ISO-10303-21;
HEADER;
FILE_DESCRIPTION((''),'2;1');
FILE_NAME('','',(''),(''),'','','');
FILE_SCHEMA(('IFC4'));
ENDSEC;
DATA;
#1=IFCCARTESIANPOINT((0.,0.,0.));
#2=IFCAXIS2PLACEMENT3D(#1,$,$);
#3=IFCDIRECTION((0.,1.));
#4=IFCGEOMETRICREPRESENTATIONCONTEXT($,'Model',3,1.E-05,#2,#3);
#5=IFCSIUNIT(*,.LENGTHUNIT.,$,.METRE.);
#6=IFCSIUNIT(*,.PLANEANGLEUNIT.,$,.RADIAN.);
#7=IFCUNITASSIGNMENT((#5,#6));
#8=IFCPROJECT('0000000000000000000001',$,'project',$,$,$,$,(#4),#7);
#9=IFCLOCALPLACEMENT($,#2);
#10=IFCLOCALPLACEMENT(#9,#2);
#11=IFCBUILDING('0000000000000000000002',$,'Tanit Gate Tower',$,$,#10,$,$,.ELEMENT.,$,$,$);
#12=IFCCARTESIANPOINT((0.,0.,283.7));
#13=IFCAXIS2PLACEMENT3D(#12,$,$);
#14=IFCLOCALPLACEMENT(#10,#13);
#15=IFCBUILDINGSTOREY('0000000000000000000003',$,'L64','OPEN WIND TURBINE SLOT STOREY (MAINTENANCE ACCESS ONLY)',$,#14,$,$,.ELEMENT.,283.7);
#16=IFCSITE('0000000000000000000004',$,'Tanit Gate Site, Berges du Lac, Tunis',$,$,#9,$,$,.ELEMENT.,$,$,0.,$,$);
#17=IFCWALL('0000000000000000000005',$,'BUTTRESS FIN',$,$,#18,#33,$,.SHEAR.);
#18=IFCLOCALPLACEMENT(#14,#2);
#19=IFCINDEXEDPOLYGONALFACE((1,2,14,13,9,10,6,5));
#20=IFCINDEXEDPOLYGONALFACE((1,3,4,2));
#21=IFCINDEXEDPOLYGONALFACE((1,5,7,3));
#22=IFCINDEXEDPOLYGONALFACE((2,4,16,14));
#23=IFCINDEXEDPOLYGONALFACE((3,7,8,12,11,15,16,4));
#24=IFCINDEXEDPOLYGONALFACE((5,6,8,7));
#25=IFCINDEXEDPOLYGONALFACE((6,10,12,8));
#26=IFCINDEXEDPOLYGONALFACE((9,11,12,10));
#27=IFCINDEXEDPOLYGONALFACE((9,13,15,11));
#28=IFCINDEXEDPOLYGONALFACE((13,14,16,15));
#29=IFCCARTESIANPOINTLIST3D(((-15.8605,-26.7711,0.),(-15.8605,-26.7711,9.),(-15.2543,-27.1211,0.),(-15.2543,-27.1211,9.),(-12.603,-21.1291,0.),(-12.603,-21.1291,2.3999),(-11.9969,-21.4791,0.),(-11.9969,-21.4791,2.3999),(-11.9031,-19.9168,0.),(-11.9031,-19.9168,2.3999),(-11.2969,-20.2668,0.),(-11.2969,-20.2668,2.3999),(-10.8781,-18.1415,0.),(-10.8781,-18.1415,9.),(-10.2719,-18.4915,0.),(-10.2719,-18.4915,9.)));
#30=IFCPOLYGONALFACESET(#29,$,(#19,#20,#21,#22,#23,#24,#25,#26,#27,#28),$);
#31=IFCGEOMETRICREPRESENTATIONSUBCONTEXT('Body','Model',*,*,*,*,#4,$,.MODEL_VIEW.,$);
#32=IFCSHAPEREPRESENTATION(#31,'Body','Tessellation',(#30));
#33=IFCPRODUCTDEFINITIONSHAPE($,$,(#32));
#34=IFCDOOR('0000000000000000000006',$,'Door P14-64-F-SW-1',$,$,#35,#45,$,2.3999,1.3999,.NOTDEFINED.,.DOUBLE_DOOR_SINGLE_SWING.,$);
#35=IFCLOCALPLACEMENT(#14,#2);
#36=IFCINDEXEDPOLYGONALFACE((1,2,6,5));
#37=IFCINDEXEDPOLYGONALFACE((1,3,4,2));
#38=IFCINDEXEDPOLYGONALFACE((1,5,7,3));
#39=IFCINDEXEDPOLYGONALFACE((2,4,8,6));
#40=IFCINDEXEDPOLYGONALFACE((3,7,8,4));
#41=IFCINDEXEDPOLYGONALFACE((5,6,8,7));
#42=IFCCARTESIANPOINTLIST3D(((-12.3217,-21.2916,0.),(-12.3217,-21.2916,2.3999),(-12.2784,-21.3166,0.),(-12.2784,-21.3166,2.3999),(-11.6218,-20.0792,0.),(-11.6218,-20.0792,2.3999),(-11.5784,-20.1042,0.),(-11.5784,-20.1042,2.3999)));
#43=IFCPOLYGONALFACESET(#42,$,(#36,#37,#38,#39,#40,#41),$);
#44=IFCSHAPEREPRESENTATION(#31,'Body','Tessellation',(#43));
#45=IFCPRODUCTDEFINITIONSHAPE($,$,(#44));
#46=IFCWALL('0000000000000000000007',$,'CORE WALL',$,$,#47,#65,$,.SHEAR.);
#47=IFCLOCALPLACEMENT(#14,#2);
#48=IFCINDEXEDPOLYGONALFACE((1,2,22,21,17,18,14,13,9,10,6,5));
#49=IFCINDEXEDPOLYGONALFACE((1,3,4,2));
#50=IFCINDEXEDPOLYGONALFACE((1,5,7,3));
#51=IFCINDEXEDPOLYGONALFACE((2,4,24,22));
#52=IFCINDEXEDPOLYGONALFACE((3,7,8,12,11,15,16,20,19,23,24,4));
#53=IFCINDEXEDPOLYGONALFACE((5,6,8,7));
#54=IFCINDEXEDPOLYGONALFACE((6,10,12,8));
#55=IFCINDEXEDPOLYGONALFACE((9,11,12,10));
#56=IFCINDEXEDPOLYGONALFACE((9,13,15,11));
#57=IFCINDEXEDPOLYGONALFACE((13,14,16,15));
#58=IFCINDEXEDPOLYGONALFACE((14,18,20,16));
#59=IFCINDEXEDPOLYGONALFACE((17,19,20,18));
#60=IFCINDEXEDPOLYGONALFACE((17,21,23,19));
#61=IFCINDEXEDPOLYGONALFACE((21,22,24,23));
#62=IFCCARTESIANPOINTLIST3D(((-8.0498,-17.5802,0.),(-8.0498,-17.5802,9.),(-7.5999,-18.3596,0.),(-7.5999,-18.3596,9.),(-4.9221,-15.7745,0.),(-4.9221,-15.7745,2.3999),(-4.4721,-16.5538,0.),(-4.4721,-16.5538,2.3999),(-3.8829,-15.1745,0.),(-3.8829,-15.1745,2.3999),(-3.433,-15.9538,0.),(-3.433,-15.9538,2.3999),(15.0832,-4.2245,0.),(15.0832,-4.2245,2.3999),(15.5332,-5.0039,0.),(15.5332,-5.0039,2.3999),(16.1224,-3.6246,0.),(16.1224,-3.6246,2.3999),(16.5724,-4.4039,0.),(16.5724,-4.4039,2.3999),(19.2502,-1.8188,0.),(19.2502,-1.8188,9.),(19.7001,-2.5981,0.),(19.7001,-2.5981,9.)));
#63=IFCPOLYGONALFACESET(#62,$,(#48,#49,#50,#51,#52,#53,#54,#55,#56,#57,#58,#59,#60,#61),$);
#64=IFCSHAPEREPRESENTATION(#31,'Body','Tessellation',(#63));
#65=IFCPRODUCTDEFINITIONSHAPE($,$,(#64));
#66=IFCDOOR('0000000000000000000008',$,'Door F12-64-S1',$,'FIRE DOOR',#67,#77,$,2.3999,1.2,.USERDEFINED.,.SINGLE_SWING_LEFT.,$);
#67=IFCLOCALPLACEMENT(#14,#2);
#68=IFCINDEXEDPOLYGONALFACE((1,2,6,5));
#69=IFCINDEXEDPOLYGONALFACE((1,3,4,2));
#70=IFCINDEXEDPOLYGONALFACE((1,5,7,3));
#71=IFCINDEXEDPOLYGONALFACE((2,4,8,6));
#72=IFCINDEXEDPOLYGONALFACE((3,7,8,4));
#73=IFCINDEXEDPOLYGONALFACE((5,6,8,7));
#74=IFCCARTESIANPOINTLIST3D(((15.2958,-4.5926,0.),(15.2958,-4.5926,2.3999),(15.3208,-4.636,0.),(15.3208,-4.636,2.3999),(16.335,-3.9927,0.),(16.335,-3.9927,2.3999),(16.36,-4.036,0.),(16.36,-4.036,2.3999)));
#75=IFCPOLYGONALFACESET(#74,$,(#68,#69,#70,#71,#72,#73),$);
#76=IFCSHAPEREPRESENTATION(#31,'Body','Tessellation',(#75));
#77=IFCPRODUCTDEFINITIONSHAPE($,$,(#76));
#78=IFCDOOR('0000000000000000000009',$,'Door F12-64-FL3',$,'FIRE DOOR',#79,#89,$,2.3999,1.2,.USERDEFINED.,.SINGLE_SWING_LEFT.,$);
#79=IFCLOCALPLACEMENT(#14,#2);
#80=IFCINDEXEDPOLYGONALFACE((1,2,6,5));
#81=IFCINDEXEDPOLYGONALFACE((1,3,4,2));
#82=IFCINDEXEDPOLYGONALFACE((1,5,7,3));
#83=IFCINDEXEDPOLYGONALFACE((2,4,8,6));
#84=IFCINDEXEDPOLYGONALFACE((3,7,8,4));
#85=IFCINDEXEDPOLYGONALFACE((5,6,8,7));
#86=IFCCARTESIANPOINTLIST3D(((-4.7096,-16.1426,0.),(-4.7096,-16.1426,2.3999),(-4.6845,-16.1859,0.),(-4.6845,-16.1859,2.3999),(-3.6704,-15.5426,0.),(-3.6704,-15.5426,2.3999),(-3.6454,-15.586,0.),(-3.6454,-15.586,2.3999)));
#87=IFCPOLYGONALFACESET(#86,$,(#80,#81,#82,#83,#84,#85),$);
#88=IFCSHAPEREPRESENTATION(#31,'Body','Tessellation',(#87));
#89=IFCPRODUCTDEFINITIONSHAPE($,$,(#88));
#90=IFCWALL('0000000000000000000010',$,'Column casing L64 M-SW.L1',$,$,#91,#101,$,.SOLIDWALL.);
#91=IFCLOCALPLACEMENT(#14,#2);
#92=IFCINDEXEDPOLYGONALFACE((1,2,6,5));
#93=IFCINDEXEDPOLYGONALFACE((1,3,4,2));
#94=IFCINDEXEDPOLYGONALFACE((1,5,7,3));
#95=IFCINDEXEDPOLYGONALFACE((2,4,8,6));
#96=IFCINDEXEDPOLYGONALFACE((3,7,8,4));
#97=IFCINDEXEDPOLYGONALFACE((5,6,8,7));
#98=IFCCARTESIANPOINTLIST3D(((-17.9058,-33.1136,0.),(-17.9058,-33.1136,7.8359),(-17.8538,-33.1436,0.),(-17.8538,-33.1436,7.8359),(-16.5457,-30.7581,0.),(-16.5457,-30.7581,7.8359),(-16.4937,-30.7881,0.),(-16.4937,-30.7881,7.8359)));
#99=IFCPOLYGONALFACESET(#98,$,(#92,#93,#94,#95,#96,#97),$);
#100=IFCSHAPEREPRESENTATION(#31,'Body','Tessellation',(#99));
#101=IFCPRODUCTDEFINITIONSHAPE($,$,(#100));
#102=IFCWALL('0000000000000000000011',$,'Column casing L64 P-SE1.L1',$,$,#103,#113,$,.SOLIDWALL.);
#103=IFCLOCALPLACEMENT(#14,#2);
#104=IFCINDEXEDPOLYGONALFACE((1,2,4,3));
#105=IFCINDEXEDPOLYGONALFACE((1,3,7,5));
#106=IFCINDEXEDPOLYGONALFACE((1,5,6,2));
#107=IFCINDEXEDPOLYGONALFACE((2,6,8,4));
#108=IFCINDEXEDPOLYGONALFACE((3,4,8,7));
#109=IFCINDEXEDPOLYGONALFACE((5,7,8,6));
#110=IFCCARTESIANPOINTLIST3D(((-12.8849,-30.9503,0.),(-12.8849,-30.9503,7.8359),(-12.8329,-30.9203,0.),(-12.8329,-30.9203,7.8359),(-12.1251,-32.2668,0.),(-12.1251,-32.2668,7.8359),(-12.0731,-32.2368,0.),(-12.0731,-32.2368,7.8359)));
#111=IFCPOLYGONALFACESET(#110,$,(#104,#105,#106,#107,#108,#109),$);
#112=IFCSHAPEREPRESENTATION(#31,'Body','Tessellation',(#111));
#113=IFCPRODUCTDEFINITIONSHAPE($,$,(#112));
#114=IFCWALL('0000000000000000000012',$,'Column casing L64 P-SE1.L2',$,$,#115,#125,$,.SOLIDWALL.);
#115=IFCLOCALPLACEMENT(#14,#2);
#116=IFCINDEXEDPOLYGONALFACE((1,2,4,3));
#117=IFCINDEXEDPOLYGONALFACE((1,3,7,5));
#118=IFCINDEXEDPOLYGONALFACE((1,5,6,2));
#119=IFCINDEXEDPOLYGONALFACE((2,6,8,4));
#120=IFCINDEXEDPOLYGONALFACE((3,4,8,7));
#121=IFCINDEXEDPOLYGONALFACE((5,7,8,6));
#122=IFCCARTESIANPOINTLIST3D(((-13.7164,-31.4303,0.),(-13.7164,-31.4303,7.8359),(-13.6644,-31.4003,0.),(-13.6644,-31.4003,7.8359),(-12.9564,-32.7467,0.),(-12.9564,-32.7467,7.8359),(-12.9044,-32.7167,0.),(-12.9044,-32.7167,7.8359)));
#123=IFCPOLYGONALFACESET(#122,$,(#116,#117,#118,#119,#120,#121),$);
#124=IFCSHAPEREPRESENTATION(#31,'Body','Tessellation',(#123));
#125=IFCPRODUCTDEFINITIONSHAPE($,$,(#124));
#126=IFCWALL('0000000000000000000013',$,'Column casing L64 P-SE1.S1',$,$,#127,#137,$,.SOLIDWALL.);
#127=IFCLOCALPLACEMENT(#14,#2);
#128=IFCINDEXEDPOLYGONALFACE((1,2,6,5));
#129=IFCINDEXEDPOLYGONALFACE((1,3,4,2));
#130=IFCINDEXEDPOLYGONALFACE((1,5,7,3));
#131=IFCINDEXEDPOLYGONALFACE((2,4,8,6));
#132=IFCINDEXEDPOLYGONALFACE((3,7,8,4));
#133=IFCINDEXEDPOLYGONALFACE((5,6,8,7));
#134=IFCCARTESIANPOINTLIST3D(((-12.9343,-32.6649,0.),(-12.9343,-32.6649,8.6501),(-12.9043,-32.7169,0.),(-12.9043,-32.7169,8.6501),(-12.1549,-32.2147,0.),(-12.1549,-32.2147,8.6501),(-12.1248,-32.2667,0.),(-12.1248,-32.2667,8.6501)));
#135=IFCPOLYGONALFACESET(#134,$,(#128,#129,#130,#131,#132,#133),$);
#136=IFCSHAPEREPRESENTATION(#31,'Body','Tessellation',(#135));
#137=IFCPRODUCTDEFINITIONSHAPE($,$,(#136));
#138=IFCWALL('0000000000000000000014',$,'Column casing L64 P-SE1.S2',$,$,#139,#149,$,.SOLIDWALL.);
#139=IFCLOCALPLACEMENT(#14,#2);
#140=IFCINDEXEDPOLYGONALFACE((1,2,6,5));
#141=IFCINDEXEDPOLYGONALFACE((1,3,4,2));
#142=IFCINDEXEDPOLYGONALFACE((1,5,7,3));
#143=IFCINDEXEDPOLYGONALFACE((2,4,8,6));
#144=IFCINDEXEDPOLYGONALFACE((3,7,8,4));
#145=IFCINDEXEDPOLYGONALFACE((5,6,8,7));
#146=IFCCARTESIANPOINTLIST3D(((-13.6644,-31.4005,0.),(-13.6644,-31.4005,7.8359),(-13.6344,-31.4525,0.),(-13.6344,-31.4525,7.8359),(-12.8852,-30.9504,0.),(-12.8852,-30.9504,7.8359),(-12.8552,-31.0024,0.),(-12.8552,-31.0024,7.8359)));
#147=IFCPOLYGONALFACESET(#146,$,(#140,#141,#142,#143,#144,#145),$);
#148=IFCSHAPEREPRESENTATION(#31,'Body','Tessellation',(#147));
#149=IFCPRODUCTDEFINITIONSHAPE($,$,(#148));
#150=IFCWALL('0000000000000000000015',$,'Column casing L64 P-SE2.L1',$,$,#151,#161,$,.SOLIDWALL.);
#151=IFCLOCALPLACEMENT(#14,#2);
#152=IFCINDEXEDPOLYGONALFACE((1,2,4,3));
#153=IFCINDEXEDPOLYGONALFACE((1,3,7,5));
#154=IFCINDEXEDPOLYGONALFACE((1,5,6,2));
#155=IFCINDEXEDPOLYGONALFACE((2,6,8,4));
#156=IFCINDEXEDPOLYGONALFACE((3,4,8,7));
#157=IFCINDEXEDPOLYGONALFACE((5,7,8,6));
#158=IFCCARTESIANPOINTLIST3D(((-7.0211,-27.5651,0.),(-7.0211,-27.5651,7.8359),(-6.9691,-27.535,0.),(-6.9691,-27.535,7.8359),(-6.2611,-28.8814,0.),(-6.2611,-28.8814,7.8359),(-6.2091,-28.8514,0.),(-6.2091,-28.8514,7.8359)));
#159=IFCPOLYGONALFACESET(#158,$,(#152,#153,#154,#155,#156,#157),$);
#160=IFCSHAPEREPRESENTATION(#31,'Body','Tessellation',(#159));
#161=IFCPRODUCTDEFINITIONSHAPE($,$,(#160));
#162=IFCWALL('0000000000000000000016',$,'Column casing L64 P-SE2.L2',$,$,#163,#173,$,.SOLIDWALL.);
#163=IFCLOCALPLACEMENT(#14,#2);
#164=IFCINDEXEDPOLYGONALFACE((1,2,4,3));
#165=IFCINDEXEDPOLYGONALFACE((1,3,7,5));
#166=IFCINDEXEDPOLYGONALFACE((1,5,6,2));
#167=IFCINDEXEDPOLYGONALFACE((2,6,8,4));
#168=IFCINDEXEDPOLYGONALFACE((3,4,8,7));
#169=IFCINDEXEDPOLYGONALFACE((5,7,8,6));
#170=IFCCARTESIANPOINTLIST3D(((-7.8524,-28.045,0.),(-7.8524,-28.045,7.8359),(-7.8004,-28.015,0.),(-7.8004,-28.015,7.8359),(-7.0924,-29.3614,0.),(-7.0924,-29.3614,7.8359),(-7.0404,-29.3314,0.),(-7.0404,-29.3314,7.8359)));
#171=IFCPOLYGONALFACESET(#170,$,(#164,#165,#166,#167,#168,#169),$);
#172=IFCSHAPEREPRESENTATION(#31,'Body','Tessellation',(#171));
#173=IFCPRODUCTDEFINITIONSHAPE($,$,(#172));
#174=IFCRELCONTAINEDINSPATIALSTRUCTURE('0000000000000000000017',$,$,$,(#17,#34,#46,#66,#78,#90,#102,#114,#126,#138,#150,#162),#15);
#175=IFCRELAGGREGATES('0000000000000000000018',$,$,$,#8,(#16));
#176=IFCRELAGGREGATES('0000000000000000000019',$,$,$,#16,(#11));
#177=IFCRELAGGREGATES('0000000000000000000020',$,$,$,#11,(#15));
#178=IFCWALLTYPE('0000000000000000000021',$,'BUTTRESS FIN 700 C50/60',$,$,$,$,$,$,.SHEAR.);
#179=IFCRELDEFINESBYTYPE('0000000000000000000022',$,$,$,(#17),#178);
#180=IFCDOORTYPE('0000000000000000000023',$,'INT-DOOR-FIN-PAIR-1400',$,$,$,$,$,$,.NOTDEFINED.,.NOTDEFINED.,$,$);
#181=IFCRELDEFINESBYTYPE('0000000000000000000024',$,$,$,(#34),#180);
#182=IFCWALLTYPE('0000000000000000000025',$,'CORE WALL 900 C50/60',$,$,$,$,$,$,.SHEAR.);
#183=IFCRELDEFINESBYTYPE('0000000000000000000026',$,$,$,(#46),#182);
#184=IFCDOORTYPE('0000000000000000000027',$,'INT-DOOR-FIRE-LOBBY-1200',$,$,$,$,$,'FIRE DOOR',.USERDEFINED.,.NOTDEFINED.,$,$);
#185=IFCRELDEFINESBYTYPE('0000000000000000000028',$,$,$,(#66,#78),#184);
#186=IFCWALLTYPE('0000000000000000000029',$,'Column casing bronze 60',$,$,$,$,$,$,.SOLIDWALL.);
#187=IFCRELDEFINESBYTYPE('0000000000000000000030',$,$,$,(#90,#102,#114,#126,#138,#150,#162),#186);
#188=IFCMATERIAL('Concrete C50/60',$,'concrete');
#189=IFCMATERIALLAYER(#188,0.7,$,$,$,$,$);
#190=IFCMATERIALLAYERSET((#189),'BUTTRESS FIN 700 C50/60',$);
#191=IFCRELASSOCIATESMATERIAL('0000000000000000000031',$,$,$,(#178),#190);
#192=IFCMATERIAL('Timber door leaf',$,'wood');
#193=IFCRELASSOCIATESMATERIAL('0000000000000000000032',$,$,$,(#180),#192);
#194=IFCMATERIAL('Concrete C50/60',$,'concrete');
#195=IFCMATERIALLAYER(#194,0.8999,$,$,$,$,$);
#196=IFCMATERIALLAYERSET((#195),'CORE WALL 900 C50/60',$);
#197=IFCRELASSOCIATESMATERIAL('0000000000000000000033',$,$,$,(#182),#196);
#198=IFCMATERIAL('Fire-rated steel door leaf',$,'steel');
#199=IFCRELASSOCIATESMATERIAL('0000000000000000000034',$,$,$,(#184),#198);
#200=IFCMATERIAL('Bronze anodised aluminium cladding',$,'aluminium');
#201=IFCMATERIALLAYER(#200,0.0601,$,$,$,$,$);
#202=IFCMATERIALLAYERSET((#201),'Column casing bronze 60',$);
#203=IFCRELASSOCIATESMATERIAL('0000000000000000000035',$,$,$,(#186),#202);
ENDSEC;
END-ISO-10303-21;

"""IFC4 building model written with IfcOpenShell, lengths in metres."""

from ifc_helpers import new_model, si_unit, direction, frame, frame_2d, origin, place, context, subcontext, project, spatial, rectangle, extrude, material, layer, layer_set, type_object, element, fill, save


model = new_model("IFC4")

# Units and contexts
model_context = context("Model", 3, precision=1e-05, world=origin(), true_north=direction((0.0, 1.0)))
body_context = subcontext(model_context, "Body", "Model", "MODEL_VIEW")
ifc_project = project(units=[si_unit("LENGTHUNIT", "METRE"), si_unit("PLANEANGLEUNIT", "RADIAN")], contexts=[model_context])

# Site, building, storey
site_placement = place(None, origin())
site = spatial("IfcSite", under=ifc_project, at=site_placement, Name="Tanit Gate Site, Berges du Lac, Tunis", CompositionType="ELEMENT", RefElevation=0.0)
building_placement = place(site_placement, origin())
building = spatial("IfcBuilding", under=site, at=building_placement, Name="Tanit Gate Tower", CompositionType="ELEMENT")
storey_placement = place(building_placement, frame((0.0, 0.0, 283.7)))
storey = spatial("IfcBuildingStorey", under=building, at=storey_placement, Name="L64", Description="OPEN WIND TURBINE SLOT STOREY (MAINTENANCE ACCESS ONLY)", CompositionType="ELEMENT", Elevation=283.7)

# Wall, opening, door
ifc_material_1 = material(Name="Concrete C50/60", Category="concrete")
ifc_layer_1 = layer(ifc_material_1, 0.7)
ifc_layer_set_1 = layer_set([ifc_layer_1], Name="BUTTRESS FIN 700 C50/60")
wall_type_1 = type_object("IfcWallType", Name="BUTTRESS FIN 700 C50/60", PredefinedType="SHEAR", material=ifc_layer_set_1)
wall_1_placement = place(storey_placement, frame((-10.575, -18.3164, 0.0), z_axis=(0.0, 0.0, 1.0), x_axis=(-0.500007, -0.866021, 0.0)))
wall_1 = element("IfcWall", 1, at=wall_1_placement, inside=storey, type_object=wall_type_1, Name="BUTTRESS FIN", PredefinedType="SHEAR", context=body_context, shape_type="SweptSolid", body=[
    extrude(rectangle(XDim=9.9646, YDim=0.7, at=frame_2d((4.9824, 0.0))), origin(), (0.0, 0.0, 1.0), 9.0),
])
opening_1_placement = place(wall_1_placement, frame((2.05, 0.0, 0.0)))
opening_1 = element("IfcOpeningElement", 2, at=opening_1_placement, cuts=wall_1, PredefinedType="OPENING", context=body_context, shape_type="SweptSolid", body=[
    extrude(rectangle(XDim=1.3999, YDim=2.3999, at=frame_2d((0.7, 1.2))), frame((0.0, 0.3599, 0.0), z_axis=(0.0, -1.0, 0.0), x_axis=(1.0, 0.0, 0.0)), (0.0, 0.0, 1.0), 0.72),
])
ifc_material_2 = material(Name="Timber door leaf", Category="wood")
door_type_1 = type_object("IfcDoorType", Name="INT-DOOR-FIN-PAIR-1400", OperationType="NOTDEFINED", PredefinedType="NOTDEFINED", material=ifc_material_2)
door_1_placement = place(opening_1_placement, origin())
door_1 = element("IfcDoor", 3, at=door_1_placement, inside=storey, type_object=door_type_1, Name="Door P14-64-F-SW-1", OperationType="DOUBLE_DOOR_SINGLE_SWING", OverallHeight=2.3999, OverallWidth=1.3999, PredefinedType="NOTDEFINED", context=body_context, shape_type="SweptSolid", body=[
    extrude(rectangle(XDim=1.3999, YDim=2.3999, at=frame_2d((0.7, 1.2))), frame((0.0, 0.0249, 0.0), z_axis=(0.0, -1.0, 0.0), x_axis=(1.0, 0.0, 0.0)), (0.0, 0.0, 1.0), 0.05),
])
fill(opening_1, door_1)

# Wall, openings, doors
ifc_material_3 = material(Name="Concrete C50/60", Category="concrete")
ifc_layer_2 = layer(ifc_material_3, 0.8999)
ifc_layer_set_2 = layer_set([ifc_layer_2], Name="CORE WALL 900 C50/60")
wall_type_2 = type_object("IfcWallType", Name="CORE WALL 900 C50/60", PredefinedType="SHEAR", material=ifc_layer_set_2)
wall_2_placement = place(storey_placement, frame((-7.825, -17.97, 0.0), z_axis=(0.0, 0.0, 1.0), x_axis=(0.866028, 0.499995, 0.0)))
wall_2 = element("IfcWall", 4, at=wall_2_placement, inside=storey, type_object=wall_type_2, Name="CORE WALL", PredefinedType="SHEAR", context=body_context, shape_type="SweptSolid", body=[
    extrude(rectangle(XDim=31.5232, YDim=0.8999, at=frame_2d((15.7617, 0.0))), origin(), (0.0, 0.0, 1.0), 9.0),
])
opening_2_placement = place(wall_2_placement, frame((26.7117, 0.0, 0.0)))
opening_2 = element("IfcOpeningElement", 5, at=opening_2_placement, cuts=wall_2, PredefinedType="OPENING", context=body_context, shape_type="SweptSolid", body=[
    extrude(rectangle(XDim=1.2, YDim=2.3999, at=frame_2d((0.6001, 1.2))), frame((0.0, 0.46, 0.0), z_axis=(0.0, -1.0, 0.0), x_axis=(1.0, 0.0, 0.0)), (0.0, 0.0, 1.0), 0.9199),
])
opening_3_placement = place(wall_2_placement, frame((3.6116, 0.0, 0.0)))
opening_3 = element("IfcOpeningElement", 6, at=opening_3_placement, cuts=wall_2, PredefinedType="OPENING", context=body_context, shape_type="SweptSolid", body=[
    extrude(rectangle(XDim=1.2, YDim=2.3999, at=frame_2d((0.6001, 1.2))), frame((0.0, 0.46, 0.0), z_axis=(0.0, -1.0, 0.0), x_axis=(1.0, 0.0, 0.0)), (0.0, 0.0, 1.0), 0.9199),
])
ifc_material_4 = material(Name="Fire-rated steel door leaf", Category="steel")
door_type_2 = type_object("IfcDoorType", Name="INT-DOOR-FIRE-LOBBY-1200", ElementType="FIRE DOOR", OperationType="NOTDEFINED", PredefinedType="USERDEFINED", material=ifc_material_4)
door_2_placement = place(opening_2_placement, origin())
door_2 = element("IfcDoor", 7, at=door_2_placement, inside=storey, type_object=door_type_2, Name="Door F12-64-S1", ObjectType="FIRE DOOR", OperationType="SINGLE_SWING_LEFT", OverallHeight=2.3999, OverallWidth=1.2, PredefinedType="USERDEFINED", context=body_context, shape_type="SweptSolid", body=[
    extrude(rectangle(XDim=1.2, YDim=2.3999, at=frame_2d((0.6001, 1.2))), frame((0.0, 0.0249, 0.0), z_axis=(0.0, -1.0, 0.0), x_axis=(1.0, 0.0, 0.0)), (0.0, 0.0, 1.0), 0.05),
])
fill(opening_2, door_2)
door_3_placement = place(opening_3_placement, origin())
door_3 = element("IfcDoor", 8, at=door_3_placement, inside=storey, type_object=door_type_2, Name="Door F12-64-FL3", ObjectType="FIRE DOOR", OperationType="SINGLE_SWING_LEFT", OverallHeight=2.3999, OverallWidth=1.2, PredefinedType="USERDEFINED", context=body_context, shape_type="SweptSolid", body=[
    extrude(rectangle(XDim=1.2, YDim=2.3999, at=frame_2d((0.6001, 1.2))), frame((0.0, 0.0249, 0.0), z_axis=(0.0, -1.0, 0.0), x_axis=(1.0, 0.0, 0.0)), (0.0, 0.0, 1.0), 0.05),
])
fill(opening_3, door_3)

# Walls
ifc_material_5 = material(Name="Bronze anodised aluminium cladding", Category="aluminium")
ifc_layer_3 = layer(ifc_material_5, 0.0601)
ifc_layer_set_3 = layer_set([ifc_layer_3], Name="Column casing bronze 60")
wall_type_3 = type_object("IfcWallType", Name="Column casing bronze 60", PredefinedType="SOLIDWALL", material=ifc_layer_set_3)
wall_3_placement = place(storey_placement, frame((-16.5198, -30.7732, 0.0), z_axis=(0.0, 0.0, 1.0), x_axis=(-0.500049, -0.865997, 0.0)))
element("IfcWall", 9, at=wall_3_placement, inside=storey, type_object=wall_type_3, Name="Column casing L64 M-SW.L1", PredefinedType="SOLIDWALL", context=body_context, shape_type="SweptSolid", body=[
    extrude(rectangle(XDim=2.72, YDim=0.0601, at=frame_2d((1.3599, 0.0))), origin(), (0.0, 0.0, 1.0), 7.8359),
])
for number, where, z_axis, x_axis, name in (
    (10, (-12.8589, -30.9353, 0.0), (0.0, 0.0, 1.0), (0.499871, -0.8661, 0.0), "Column casing L64 P-SE1.L1"),
    (11, (-13.6904, -31.4153, 0.0), (0.0, 0.0, 1.0), (0.499991, -0.86603, 0.0), "Column casing L64 P-SE1.L2"),
):
    element("IfcWall", number, at=place(storey_placement, frame(where, z_axis=z_axis, x_axis=x_axis)), inside=storey, type_object=wall_type_3, Name=name, PredefinedType="SOLIDWALL", context=body_context, shape_type="SweptSolid", body=[
        extrude(rectangle(XDim=1.52, YDim=0.0601, at=frame_2d((0.76, 0.0))), origin(), (0.0, 0.0, 1.0), 7.8359),
    ])
wall_4_placement = place(storey_placement, frame((-12.9194, -32.6909, 0.0), z_axis=(0.0, 0.0, 1.0), x_axis=(0.865964, 0.500106, 0.0)))
element("IfcWall", 12, at=wall_4_placement, inside=storey, type_object=wall_type_3, Name="Column casing L64 P-SE1.S1", PredefinedType="SOLIDWALL", context=body_context, shape_type="SweptSolid", body=[
    extrude(rectangle(XDim=0.9001, YDim=0.0601, at=frame_2d((0.4502, 0.0))), origin(), (0.0, 0.0, 1.0), 8.6501),
])
wall_5_placement = place(storey_placement, frame((-13.6494, -31.4265, 0.0), z_axis=(0.0, 0.0, 1.0), x_axis=(0.865896, 0.500223, 0.0)))
element("IfcWall", 13, at=wall_5_placement, inside=storey, type_object=wall_type_3, Name="Column casing L64 P-SE1.S2", PredefinedType="SOLIDWALL", context=body_context, shape_type="SweptSolid", body=[
    extrude(rectangle(XDim=0.8999, YDim=0.0601, at=frame_2d((0.45, 0.0))), origin(), (0.0, 0.0, 1.0), 7.8359),
])
for number, where, z_axis, x_axis, name in (
    (14, (-6.9951, -27.55, 0.0), (0.0, 0.0, 1.0), (0.499991, -0.86603, 0.0), "Column casing L64 P-SE2.L1"),
    (15, (-7.8264, -28.03, 0.0), (0.0, 0.0, 1.0), (0.499991, -0.86603, 0.0), "Column casing L64 P-SE2.L2"),
):
    element("IfcWall", number, at=place(storey_placement, frame(where, z_axis=z_axis, x_axis=x_axis)), inside=storey, type_object=wall_type_3, Name=name, PredefinedType="SOLIDWALL", context=body_context, shape_type="SweptSolid", body=[
        extrude(rectangle(XDim=1.52, YDim=0.0601, at=frame_2d((0.76, 0.0))), origin(), (0.0, 0.0, 1.0), 7.8359),
    ])

save(model, "model.ifc")
